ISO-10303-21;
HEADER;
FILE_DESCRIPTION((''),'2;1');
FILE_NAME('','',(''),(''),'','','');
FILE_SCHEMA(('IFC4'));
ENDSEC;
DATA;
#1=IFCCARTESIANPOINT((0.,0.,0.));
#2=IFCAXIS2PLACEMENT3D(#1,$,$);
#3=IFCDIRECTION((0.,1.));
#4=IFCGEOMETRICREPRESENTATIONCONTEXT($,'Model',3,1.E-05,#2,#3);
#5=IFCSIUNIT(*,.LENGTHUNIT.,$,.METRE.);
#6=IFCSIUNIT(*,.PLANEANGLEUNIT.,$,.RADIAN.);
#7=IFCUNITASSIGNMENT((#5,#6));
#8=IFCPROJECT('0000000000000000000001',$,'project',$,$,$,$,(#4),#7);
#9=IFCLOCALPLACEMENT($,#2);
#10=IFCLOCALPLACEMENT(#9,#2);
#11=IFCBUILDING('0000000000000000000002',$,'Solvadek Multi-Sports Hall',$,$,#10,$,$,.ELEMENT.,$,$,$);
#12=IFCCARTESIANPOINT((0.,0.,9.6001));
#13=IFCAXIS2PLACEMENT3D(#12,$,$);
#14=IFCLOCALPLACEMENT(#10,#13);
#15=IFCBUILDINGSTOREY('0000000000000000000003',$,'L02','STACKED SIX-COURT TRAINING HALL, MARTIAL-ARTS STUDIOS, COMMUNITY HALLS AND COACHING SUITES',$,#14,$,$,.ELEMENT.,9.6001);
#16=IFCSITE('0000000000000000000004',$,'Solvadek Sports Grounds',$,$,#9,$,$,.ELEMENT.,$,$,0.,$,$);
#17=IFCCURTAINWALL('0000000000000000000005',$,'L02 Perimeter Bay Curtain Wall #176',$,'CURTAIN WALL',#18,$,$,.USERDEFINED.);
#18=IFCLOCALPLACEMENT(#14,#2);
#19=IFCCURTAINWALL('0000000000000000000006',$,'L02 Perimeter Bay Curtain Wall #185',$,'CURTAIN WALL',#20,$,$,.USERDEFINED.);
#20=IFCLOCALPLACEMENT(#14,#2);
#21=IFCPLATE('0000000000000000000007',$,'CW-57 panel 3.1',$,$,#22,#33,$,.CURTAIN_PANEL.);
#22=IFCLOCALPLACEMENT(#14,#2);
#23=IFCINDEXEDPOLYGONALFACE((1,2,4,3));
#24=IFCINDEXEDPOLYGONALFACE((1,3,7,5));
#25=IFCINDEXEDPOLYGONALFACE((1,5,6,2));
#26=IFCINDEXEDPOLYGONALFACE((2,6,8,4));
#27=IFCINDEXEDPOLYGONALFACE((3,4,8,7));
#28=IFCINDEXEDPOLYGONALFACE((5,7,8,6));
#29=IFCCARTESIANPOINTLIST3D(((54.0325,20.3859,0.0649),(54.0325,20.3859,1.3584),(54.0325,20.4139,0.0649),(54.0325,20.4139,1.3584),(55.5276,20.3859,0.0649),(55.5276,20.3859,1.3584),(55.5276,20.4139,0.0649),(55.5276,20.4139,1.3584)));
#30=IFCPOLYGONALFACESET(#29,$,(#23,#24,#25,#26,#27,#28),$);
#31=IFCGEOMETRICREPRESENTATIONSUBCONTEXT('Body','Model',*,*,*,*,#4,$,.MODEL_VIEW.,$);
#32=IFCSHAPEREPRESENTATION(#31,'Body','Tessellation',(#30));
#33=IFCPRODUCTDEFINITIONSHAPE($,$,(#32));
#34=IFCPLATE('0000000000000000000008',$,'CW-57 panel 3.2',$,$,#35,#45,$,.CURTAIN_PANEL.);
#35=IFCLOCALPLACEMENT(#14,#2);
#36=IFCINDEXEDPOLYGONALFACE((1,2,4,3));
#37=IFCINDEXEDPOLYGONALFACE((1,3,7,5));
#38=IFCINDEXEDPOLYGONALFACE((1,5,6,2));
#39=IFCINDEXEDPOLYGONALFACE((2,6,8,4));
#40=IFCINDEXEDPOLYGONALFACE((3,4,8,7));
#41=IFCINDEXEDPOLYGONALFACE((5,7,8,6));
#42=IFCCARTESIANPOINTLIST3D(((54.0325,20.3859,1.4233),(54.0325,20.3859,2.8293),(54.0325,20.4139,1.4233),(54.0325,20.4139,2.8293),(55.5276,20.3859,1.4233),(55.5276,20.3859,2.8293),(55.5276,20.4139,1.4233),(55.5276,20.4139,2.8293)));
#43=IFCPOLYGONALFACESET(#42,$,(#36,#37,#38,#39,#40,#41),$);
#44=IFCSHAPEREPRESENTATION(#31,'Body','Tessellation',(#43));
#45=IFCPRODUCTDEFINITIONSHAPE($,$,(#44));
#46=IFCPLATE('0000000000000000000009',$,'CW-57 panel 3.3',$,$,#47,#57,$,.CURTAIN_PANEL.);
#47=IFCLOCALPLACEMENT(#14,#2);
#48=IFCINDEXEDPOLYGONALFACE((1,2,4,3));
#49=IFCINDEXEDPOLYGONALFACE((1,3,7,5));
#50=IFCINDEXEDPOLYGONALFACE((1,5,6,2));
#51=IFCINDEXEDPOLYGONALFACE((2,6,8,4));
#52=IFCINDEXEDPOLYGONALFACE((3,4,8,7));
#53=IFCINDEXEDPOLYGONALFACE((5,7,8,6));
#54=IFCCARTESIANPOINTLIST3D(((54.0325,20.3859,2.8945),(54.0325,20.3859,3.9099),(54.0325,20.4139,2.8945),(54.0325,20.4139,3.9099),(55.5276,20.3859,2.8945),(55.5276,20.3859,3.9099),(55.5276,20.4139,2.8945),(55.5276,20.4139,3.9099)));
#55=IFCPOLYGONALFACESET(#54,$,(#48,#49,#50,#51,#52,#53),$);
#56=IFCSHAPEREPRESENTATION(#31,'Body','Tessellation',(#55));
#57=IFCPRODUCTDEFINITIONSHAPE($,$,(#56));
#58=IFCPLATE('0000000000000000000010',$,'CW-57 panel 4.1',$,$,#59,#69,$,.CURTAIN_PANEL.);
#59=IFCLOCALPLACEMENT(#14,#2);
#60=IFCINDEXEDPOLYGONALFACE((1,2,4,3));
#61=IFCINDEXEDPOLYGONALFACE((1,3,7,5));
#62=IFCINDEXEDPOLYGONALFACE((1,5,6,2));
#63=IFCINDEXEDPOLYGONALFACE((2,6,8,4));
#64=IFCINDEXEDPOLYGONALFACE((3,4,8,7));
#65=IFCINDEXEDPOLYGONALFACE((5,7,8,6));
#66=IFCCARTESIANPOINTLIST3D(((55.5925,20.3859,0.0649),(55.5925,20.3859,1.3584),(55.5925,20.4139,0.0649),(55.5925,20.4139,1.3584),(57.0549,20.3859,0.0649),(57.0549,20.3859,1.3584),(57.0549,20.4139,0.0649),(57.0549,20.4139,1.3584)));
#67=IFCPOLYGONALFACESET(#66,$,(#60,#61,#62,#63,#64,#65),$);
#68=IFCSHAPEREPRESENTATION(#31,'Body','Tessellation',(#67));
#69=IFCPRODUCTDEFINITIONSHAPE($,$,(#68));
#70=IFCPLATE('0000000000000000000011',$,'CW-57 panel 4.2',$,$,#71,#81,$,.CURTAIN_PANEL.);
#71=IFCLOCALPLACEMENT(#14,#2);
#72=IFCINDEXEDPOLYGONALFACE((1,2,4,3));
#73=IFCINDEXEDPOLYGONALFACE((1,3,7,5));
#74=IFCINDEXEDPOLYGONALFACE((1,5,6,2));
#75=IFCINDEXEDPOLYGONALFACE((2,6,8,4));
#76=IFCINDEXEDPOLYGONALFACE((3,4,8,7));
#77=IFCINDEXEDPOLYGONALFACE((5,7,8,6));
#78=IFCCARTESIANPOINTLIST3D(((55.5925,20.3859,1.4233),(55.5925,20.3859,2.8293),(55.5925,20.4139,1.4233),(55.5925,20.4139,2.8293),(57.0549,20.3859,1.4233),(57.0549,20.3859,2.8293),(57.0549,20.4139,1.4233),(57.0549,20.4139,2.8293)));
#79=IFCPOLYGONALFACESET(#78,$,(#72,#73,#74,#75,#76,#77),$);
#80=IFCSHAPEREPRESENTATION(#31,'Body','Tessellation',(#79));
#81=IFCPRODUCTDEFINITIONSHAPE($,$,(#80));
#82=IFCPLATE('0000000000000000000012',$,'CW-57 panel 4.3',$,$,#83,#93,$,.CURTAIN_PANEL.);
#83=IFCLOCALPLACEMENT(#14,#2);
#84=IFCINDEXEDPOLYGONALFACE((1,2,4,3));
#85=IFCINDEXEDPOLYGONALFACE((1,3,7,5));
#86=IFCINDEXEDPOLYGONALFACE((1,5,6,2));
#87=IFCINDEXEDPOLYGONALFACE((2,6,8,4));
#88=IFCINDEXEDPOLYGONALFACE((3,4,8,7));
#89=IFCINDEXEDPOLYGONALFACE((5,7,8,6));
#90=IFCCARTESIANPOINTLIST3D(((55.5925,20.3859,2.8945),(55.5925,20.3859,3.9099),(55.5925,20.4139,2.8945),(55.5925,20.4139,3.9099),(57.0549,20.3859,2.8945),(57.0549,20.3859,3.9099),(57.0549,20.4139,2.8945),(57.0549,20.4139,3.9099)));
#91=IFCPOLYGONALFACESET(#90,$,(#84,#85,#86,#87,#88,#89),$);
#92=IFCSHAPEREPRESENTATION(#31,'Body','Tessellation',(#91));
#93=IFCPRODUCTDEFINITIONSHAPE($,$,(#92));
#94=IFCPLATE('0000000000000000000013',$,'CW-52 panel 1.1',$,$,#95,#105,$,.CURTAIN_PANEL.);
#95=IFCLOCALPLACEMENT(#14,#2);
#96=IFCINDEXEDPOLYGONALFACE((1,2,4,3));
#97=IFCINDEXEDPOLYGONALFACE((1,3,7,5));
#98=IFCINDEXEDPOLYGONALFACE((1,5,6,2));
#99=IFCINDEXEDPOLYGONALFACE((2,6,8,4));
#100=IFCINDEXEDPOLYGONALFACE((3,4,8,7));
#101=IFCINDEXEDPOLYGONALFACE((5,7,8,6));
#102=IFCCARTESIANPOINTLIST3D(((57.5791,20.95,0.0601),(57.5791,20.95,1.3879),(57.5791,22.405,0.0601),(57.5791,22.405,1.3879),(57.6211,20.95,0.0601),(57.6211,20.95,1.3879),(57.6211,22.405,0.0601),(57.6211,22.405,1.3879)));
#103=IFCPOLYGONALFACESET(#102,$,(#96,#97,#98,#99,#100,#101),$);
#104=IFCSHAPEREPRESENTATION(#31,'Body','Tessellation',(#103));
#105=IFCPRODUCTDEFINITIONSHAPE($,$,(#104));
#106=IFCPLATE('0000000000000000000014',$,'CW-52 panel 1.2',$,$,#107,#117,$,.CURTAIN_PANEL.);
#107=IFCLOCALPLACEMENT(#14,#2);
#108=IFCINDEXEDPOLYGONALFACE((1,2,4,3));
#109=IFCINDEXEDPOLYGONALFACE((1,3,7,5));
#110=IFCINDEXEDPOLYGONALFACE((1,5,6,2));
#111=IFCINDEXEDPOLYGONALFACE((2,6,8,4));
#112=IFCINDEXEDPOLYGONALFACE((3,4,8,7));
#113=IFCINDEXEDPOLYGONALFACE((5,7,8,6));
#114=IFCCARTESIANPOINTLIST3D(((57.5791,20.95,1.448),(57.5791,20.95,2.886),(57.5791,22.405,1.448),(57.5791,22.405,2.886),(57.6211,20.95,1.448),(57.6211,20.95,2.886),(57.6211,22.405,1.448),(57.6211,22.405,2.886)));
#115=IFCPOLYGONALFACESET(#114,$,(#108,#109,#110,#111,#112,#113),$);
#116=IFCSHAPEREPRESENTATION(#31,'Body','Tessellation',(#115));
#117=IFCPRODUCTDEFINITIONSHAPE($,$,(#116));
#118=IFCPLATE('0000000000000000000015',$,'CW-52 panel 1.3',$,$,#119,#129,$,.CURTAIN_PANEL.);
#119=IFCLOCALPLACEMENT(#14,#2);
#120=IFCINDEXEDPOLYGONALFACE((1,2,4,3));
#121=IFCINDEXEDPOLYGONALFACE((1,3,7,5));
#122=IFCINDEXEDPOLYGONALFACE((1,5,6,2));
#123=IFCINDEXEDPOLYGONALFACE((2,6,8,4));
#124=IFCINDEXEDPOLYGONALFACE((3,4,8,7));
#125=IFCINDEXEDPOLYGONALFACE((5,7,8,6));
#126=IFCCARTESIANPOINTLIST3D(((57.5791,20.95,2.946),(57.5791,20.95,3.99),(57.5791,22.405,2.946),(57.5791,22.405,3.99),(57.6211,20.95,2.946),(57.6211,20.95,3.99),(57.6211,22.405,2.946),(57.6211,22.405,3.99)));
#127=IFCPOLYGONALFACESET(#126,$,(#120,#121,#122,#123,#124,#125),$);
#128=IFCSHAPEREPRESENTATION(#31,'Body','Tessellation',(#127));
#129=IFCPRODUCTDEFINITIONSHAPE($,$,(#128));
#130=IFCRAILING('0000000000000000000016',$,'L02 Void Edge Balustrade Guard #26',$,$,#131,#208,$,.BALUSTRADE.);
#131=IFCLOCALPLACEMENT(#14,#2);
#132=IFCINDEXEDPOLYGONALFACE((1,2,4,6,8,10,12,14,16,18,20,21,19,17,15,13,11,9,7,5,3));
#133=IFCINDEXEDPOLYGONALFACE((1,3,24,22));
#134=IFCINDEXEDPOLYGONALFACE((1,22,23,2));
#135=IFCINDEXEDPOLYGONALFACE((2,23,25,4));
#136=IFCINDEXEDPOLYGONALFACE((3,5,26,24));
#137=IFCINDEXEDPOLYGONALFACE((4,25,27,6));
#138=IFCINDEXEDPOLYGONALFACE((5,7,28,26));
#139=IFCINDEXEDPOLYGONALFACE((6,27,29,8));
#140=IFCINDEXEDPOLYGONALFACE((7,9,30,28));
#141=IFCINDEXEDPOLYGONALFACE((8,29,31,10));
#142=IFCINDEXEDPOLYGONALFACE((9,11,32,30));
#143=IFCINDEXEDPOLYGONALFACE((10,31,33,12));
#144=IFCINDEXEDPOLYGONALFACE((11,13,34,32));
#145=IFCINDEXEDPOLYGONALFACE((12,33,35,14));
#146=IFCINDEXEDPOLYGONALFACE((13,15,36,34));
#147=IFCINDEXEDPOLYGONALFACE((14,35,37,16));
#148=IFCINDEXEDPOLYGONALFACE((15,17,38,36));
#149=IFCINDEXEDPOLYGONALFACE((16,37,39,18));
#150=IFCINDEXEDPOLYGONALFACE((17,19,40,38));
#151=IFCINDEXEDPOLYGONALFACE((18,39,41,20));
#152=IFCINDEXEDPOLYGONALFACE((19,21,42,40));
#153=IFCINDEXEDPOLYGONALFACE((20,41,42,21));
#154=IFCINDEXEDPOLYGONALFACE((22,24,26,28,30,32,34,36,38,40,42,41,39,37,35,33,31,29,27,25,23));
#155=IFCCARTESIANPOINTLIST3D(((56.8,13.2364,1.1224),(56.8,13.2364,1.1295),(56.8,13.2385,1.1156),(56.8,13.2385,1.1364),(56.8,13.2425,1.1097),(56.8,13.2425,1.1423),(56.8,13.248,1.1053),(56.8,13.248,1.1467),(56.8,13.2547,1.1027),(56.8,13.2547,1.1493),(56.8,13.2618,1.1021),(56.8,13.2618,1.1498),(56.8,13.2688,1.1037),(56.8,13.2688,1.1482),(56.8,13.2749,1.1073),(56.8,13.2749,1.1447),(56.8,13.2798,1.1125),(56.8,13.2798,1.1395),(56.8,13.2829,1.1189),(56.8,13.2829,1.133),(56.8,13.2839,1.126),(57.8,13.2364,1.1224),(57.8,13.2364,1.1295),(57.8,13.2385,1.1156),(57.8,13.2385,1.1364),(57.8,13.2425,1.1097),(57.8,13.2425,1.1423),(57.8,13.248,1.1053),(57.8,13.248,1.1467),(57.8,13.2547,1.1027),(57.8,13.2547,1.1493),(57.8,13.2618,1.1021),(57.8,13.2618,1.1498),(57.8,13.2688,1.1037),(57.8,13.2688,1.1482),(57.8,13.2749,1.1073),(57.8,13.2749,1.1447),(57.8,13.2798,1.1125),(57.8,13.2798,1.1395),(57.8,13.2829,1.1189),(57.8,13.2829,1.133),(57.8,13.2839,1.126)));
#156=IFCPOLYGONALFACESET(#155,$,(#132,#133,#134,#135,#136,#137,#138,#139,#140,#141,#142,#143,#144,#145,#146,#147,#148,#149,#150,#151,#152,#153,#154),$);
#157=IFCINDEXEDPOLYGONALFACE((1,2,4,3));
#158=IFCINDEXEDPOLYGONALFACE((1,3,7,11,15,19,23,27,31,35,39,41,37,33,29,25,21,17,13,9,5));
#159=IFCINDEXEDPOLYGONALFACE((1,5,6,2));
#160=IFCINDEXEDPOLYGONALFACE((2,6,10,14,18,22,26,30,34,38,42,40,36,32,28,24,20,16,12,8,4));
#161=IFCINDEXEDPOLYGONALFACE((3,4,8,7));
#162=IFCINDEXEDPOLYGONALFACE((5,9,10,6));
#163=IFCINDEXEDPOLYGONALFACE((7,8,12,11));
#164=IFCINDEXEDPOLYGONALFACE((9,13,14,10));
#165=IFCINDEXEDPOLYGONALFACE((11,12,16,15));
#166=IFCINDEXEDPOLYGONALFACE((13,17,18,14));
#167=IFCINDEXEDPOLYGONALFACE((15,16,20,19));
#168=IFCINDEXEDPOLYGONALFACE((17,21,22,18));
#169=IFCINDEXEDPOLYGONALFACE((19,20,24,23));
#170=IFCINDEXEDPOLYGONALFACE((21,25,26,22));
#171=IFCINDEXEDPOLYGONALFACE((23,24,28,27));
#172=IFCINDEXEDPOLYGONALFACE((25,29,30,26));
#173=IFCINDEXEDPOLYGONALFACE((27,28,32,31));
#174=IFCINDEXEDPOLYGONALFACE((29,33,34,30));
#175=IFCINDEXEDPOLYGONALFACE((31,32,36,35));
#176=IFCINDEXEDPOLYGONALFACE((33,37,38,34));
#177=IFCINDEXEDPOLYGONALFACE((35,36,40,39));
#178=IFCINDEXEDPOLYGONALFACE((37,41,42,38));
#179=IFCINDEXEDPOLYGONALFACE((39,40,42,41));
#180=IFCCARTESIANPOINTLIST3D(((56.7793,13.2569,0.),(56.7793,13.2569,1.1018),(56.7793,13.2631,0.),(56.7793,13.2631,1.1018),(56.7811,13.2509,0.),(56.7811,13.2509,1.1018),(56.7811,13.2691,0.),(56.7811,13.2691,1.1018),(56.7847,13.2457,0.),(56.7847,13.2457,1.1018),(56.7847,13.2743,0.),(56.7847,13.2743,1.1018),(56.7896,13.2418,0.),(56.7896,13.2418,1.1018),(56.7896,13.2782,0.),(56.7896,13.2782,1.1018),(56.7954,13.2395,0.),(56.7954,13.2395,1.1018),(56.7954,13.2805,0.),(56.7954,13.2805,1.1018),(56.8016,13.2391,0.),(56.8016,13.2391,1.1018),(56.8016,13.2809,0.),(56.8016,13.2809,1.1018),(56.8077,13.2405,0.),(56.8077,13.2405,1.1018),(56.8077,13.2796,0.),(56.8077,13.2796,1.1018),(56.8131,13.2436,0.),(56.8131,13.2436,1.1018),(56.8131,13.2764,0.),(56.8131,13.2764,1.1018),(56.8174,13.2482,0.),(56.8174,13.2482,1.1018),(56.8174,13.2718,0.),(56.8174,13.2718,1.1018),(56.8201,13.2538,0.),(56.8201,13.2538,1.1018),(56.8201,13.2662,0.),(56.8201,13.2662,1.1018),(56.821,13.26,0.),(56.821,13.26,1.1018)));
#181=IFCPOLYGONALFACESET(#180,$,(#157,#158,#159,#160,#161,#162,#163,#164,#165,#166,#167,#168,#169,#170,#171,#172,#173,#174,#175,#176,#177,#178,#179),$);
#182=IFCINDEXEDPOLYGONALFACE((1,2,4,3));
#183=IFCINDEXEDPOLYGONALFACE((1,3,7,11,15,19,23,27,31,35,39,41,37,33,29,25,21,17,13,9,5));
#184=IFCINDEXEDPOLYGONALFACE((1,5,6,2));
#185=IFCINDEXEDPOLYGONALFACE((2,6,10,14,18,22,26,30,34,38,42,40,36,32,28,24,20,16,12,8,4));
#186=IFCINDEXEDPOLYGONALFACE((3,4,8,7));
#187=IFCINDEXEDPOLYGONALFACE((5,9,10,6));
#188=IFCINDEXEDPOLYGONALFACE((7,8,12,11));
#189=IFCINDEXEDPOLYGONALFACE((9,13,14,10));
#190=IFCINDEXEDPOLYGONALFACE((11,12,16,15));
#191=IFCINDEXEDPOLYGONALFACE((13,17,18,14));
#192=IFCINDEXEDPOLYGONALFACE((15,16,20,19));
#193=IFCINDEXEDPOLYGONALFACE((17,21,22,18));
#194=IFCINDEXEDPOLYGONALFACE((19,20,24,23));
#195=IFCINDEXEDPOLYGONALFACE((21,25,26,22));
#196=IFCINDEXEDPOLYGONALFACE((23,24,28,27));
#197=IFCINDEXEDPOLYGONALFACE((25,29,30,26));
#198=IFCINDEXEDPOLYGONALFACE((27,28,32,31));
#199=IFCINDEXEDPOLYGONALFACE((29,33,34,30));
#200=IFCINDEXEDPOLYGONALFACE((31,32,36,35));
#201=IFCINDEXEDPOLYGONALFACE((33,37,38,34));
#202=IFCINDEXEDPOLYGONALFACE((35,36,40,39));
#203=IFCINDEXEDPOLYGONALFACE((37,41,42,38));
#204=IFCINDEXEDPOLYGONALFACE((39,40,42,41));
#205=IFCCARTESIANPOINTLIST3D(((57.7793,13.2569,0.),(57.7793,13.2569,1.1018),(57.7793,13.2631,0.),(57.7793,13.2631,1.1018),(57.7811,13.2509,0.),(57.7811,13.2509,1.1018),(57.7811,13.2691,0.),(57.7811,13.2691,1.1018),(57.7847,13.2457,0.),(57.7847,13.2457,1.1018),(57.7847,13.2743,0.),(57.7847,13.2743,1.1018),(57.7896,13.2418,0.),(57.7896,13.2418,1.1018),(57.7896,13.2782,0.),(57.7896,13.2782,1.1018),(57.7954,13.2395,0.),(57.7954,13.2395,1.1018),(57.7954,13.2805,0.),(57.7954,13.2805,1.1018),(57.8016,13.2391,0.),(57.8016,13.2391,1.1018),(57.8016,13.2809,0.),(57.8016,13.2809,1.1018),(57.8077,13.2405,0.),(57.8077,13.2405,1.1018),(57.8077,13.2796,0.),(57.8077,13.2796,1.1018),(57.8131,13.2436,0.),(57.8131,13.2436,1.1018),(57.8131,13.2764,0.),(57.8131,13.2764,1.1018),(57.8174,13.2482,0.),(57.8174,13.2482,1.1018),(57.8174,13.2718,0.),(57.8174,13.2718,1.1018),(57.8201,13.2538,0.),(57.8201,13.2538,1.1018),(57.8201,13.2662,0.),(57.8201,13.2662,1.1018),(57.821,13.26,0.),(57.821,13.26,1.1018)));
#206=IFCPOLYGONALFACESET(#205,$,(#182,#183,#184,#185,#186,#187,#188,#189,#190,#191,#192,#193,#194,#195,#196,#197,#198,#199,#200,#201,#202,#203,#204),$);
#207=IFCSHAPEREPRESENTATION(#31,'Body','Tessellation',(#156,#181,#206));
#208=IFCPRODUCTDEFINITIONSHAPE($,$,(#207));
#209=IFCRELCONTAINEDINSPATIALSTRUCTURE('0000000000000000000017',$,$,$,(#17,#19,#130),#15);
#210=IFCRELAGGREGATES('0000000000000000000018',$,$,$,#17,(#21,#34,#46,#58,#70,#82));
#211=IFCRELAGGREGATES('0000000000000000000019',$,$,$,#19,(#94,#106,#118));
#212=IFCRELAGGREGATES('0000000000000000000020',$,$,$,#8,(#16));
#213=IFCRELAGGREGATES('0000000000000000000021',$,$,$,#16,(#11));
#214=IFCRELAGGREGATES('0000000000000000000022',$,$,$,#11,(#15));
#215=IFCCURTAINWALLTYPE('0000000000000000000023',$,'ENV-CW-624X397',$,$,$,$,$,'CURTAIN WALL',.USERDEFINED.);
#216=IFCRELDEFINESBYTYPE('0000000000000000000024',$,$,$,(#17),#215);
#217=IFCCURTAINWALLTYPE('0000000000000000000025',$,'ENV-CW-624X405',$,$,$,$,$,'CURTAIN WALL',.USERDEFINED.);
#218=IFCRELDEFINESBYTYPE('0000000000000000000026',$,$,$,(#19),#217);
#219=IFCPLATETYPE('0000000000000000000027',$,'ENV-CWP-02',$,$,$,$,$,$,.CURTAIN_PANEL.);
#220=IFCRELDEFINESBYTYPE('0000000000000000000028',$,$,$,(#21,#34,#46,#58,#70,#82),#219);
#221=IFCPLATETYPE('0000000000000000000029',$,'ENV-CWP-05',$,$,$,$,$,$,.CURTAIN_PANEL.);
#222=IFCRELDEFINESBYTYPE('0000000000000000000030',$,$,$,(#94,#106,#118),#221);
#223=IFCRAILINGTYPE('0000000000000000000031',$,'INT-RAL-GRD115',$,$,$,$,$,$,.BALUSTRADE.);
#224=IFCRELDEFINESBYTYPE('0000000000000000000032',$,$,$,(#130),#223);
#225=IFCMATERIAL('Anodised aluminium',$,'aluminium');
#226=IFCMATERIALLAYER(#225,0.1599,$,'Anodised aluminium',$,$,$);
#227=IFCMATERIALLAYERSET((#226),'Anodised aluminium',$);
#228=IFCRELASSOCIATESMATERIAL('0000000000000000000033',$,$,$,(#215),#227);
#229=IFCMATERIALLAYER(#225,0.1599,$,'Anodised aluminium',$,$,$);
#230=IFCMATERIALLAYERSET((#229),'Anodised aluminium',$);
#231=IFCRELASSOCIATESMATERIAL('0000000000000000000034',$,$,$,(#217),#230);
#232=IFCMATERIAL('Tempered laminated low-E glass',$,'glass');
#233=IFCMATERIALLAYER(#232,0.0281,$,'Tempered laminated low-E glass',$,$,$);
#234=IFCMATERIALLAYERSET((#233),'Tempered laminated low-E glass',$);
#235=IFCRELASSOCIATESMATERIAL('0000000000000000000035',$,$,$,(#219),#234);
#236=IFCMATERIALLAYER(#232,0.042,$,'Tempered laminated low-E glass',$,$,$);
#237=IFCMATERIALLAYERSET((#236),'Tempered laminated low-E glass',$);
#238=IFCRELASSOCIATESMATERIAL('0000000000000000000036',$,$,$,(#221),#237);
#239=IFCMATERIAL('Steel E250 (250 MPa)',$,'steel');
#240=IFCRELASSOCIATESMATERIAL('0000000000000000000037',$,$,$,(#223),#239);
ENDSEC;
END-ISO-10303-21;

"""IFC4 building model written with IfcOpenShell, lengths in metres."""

from ifc_helpers import new_model, si_unit, direction, frame, origin, origin_2d, place, context, subcontext, project, spatial, rectangle, circle, extrude, material, layer, layer_set, type_object, element, aggregate, save


model = new_model("IFC4")

# Units and contexts
model_context = context("Model", 3, precision=1e-05, world=origin(), true_north=direction((0.0, 1.0)))
body_context = subcontext(model_context, "Body", "Model", "MODEL_VIEW")
ifc_project = project(units=[si_unit("LENGTHUNIT", "METRE"), si_unit("PLANEANGLEUNIT", "RADIAN")], contexts=[model_context])

# Site, building, storey
site_placement = place(None, origin())
site = spatial("IfcSite", under=ifc_project, at=site_placement, Name="Solvadek Sports Grounds", CompositionType="ELEMENT", RefElevation=0.0)
building_placement = place(site_placement, origin())
building = spatial("IfcBuilding", under=site, at=building_placement, Name="Solvadek Multi-Sports Hall", CompositionType="ELEMENT")
storey_placement = place(building_placement, frame((0.0, 0.0, 9.6001)))
storey = spatial("IfcBuildingStorey", under=building, at=storey_placement, Name="L02", Description="STACKED SIX-COURT TRAINING HALL, MARTIAL-ARTS STUDIOS, COMMUNITY HALLS AND COACHING SUITES", CompositionType="ELEMENT", Elevation=9.6001)

# Curtain walls
ifc_material_1 = material(Name="Anodised aluminium", Category="aluminium")
ifc_layer_1 = layer(ifc_material_1, 0.1599, Name="Anodised aluminium")
ifc_layer_set_1 = layer_set([ifc_layer_1], Name="Anodised aluminium")
curtain_wall_type_1 = type_object("IfcCurtainWallType", Name="ENV-CW-624X397", ElementType="CURTAIN WALL", PredefinedType="USERDEFINED", material=ifc_layer_set_1)
curtain_wall_1_placement = place(storey_placement, origin())
curtain_wall_1 = element("IfcCurtainWall", 1, at=curtain_wall_1_placement, inside=storey, type_object=curtain_wall_type_1, Name="L02 Perimeter Bay Curtain Wall #176", ObjectType="CURTAIN WALL", PredefinedType="USERDEFINED")
ifc_layer_2 = layer(ifc_material_1, 0.1599, Name="Anodised aluminium")
ifc_layer_set_2 = layer_set([ifc_layer_2], Name="Anodised aluminium")
curtain_wall_type_2 = type_object("IfcCurtainWallType", Name="ENV-CW-624X405", ElementType="CURTAIN WALL", PredefinedType="USERDEFINED", material=ifc_layer_set_2)
curtain_wall_2_placement = place(storey_placement, origin())
curtain_wall_2 = element("IfcCurtainWall", 2, at=curtain_wall_2_placement, inside=storey, type_object=curtain_wall_type_2, Name="L02 Perimeter Bay Curtain Wall #185", ObjectType="CURTAIN WALL", PredefinedType="USERDEFINED")

# Plates
ifc_material_2 = material(Name="Tempered laminated low-E glass", Category="glass")
ifc_layer_3 = layer(ifc_material_2, 0.0281, Name="Tempered laminated low-E glass")
ifc_layer_set_3 = layer_set([ifc_layer_3], Name="Tempered laminated low-E glass")
plate_type_1 = type_object("IfcPlateType", Name="ENV-CWP-02", PredefinedType="CURTAIN_PANEL", material=ifc_layer_set_3)
plate_1_placement = place(storey_placement, frame((54.78, 20.3999, 0.0649), z_axis=(0.0, 0.0, 1.0), x_axis=(1.0, 0.0, 0.0)))
plate_1 = element("IfcPlate", 3, at=plate_1_placement, type_object=plate_type_1, Name="CW-57 panel 3.1", PredefinedType="CURTAIN_PANEL", context=body_context, shape_type="SweptSolid", body=[
    extrude(rectangle(XDim=1.4951, YDim=0.0281, at=origin_2d()), origin(), (0.0, 0.0, 1.0), 1.2935),
])
plate_2_placement = place(storey_placement, frame((54.78, 20.3999, 1.4233), z_axis=(0.0, 0.0, 1.0), x_axis=(1.0, 0.0, 0.0)))
plate_2 = element("IfcPlate", 4, at=plate_2_placement, type_object=plate_type_1, Name="CW-57 panel 3.2", PredefinedType="CURTAIN_PANEL", context=body_context, shape_type="SweptSolid", body=[
    extrude(rectangle(XDim=1.4951, YDim=0.0281, at=origin_2d()), origin(), (0.0, 0.0, 1.0), 1.406),
])
plate_3_placement = place(storey_placement, frame((54.78, 20.3999, 2.8945), z_axis=(0.0, 0.0, 1.0), x_axis=(1.0, 0.0, 0.0)))
plate_3 = element("IfcPlate", 5, at=plate_3_placement, type_object=plate_type_1, Name="CW-57 panel 3.3", PredefinedType="CURTAIN_PANEL", context=body_context, shape_type="SweptSolid", body=[
    extrude(rectangle(XDim=1.4951, YDim=0.0281, at=origin_2d()), origin(), (0.0, 0.0, 1.0), 1.0154),
])
plate_4_placement = place(storey_placement, frame((56.3237, 20.3999, 0.0649), z_axis=(0.0, 0.0, 1.0), x_axis=(1.0, 0.0, 0.0)))
plate_4 = element("IfcPlate", 6, at=plate_4_placement, type_object=plate_type_1, Name="CW-57 panel 4.1", PredefinedType="CURTAIN_PANEL", context=body_context, shape_type="SweptSolid", body=[
    extrude(rectangle(XDim=1.4624, YDim=0.0281, at=origin_2d()), origin(), (0.0, 0.0, 1.0), 1.2935),
])
plate_5_placement = place(storey_placement, frame((56.3237, 20.3999, 1.4233), z_axis=(0.0, 0.0, 1.0), x_axis=(1.0, 0.0, 0.0)))
plate_5 = element("IfcPlate", 7, at=plate_5_placement, type_object=plate_type_1, Name="CW-57 panel 4.2", PredefinedType="CURTAIN_PANEL", context=body_context, shape_type="SweptSolid", body=[
    extrude(rectangle(XDim=1.4624, YDim=0.0281, at=origin_2d()), origin(), (0.0, 0.0, 1.0), 1.406),
])
plate_6_placement = place(storey_placement, frame((56.3237, 20.3999, 2.8945), z_axis=(0.0, 0.0, 1.0), x_axis=(1.0, 0.0, 0.0)))
plate_6 = element("IfcPlate", 8, at=plate_6_placement, type_object=plate_type_1, Name="CW-57 panel 4.3", PredefinedType="CURTAIN_PANEL", context=body_context, shape_type="SweptSolid", body=[
    extrude(rectangle(XDim=1.4624, YDim=0.0281, at=origin_2d()), origin(), (0.0, 0.0, 1.0), 1.0154),
])
aggregate(curtain_wall_1, [plate_1, plate_2, plate_3, plate_4, plate_5, plate_6])
ifc_layer_4 = layer(ifc_material_2, 0.042, Name="Tempered laminated low-E glass")
ifc_layer_set_4 = layer_set([ifc_layer_4], Name="Tempered laminated low-E glass")
plate_type_2 = type_object("IfcPlateType", Name="ENV-CWP-05", PredefinedType="CURTAIN_PANEL", material=ifc_layer_set_4)
plate_7_placement = place(storey_placement, frame((57.6001, 21.6775, 0.0601), z_axis=(0.0, 0.0, 1.0), x_axis=(0.0, 1.0, 0.0)))
plate_7 = element("IfcPlate", 9, at=plate_7_placement, type_object=plate_type_2, Name="CW-52 panel 1.1", PredefinedType="CURTAIN_PANEL", context=body_context, shape_type="SweptSolid", body=[
    extrude(rectangle(XDim=1.4551, YDim=0.042, at=origin_2d()), origin(), (0.0, 0.0, 1.0), 1.3279),
])
plate_8_placement = place(storey_placement, frame((57.6001, 21.6775, 1.448), z_axis=(0.0, 0.0, 1.0), x_axis=(0.0, 1.0, 0.0)))
plate_8 = element("IfcPlate", 10, at=plate_8_placement, type_object=plate_type_2, Name="CW-52 panel 1.2", PredefinedType="CURTAIN_PANEL", context=body_context, shape_type="SweptSolid", body=[
    extrude(rectangle(XDim=1.4551, YDim=0.042, at=origin_2d()), origin(), (0.0, 0.0, 1.0), 1.438),
])
plate_9_placement = place(storey_placement, frame((57.6001, 21.6775, 2.946), z_axis=(0.0, 0.0, 1.0), x_axis=(0.0, 1.0, 0.0)))
plate_9 = element("IfcPlate", 11, at=plate_9_placement, type_object=plate_type_2, Name="CW-52 panel 1.3", PredefinedType="CURTAIN_PANEL", context=body_context, shape_type="SweptSolid", body=[
    extrude(rectangle(XDim=1.4551, YDim=0.042, at=origin_2d()), origin(), (0.0, 0.0, 1.0), 1.0439),
])
aggregate(curtain_wall_2, [plate_7, plate_8, plate_9])

# Railing
ifc_material_3 = material(Name="Steel E250 (250 MPa)", Category="steel")
railing_type = type_object("IfcRailingType", Name="INT-RAL-GRD115", PredefinedType="BALUSTRADE", material=ifc_material_3)
railing_placement = place(storey_placement, frame((56.8, 13.26, 0.0)))
element("IfcRailing", 12, at=railing_placement, inside=storey, type_object=railing_type, Name="L02 Void Edge Balustrade Guard #26", PredefinedType="BALUSTRADE", context=body_context, shape_type="SweptSolid", body=[
    extrude(circle(Radius=0.0239, at=origin_2d()), frame((0.0, 0.0, 1.126), z_axis=(1.0, 0.0, 0.0), x_axis=(0.0, 1.0, 0.0)), (0.0, 0.0, 1.0), 1.0),
    extrude(circle(Radius=0.021, at=origin_2d()), origin(), (0.0, 0.0, 1.0), 1.1018),
    extrude(circle(Radius=0.021, at=origin_2d()), frame((1.0, 0.0, 0.0)), (0.0, 0.0, 1.0), 1.1018),
])

save(model, "model.ifc")
